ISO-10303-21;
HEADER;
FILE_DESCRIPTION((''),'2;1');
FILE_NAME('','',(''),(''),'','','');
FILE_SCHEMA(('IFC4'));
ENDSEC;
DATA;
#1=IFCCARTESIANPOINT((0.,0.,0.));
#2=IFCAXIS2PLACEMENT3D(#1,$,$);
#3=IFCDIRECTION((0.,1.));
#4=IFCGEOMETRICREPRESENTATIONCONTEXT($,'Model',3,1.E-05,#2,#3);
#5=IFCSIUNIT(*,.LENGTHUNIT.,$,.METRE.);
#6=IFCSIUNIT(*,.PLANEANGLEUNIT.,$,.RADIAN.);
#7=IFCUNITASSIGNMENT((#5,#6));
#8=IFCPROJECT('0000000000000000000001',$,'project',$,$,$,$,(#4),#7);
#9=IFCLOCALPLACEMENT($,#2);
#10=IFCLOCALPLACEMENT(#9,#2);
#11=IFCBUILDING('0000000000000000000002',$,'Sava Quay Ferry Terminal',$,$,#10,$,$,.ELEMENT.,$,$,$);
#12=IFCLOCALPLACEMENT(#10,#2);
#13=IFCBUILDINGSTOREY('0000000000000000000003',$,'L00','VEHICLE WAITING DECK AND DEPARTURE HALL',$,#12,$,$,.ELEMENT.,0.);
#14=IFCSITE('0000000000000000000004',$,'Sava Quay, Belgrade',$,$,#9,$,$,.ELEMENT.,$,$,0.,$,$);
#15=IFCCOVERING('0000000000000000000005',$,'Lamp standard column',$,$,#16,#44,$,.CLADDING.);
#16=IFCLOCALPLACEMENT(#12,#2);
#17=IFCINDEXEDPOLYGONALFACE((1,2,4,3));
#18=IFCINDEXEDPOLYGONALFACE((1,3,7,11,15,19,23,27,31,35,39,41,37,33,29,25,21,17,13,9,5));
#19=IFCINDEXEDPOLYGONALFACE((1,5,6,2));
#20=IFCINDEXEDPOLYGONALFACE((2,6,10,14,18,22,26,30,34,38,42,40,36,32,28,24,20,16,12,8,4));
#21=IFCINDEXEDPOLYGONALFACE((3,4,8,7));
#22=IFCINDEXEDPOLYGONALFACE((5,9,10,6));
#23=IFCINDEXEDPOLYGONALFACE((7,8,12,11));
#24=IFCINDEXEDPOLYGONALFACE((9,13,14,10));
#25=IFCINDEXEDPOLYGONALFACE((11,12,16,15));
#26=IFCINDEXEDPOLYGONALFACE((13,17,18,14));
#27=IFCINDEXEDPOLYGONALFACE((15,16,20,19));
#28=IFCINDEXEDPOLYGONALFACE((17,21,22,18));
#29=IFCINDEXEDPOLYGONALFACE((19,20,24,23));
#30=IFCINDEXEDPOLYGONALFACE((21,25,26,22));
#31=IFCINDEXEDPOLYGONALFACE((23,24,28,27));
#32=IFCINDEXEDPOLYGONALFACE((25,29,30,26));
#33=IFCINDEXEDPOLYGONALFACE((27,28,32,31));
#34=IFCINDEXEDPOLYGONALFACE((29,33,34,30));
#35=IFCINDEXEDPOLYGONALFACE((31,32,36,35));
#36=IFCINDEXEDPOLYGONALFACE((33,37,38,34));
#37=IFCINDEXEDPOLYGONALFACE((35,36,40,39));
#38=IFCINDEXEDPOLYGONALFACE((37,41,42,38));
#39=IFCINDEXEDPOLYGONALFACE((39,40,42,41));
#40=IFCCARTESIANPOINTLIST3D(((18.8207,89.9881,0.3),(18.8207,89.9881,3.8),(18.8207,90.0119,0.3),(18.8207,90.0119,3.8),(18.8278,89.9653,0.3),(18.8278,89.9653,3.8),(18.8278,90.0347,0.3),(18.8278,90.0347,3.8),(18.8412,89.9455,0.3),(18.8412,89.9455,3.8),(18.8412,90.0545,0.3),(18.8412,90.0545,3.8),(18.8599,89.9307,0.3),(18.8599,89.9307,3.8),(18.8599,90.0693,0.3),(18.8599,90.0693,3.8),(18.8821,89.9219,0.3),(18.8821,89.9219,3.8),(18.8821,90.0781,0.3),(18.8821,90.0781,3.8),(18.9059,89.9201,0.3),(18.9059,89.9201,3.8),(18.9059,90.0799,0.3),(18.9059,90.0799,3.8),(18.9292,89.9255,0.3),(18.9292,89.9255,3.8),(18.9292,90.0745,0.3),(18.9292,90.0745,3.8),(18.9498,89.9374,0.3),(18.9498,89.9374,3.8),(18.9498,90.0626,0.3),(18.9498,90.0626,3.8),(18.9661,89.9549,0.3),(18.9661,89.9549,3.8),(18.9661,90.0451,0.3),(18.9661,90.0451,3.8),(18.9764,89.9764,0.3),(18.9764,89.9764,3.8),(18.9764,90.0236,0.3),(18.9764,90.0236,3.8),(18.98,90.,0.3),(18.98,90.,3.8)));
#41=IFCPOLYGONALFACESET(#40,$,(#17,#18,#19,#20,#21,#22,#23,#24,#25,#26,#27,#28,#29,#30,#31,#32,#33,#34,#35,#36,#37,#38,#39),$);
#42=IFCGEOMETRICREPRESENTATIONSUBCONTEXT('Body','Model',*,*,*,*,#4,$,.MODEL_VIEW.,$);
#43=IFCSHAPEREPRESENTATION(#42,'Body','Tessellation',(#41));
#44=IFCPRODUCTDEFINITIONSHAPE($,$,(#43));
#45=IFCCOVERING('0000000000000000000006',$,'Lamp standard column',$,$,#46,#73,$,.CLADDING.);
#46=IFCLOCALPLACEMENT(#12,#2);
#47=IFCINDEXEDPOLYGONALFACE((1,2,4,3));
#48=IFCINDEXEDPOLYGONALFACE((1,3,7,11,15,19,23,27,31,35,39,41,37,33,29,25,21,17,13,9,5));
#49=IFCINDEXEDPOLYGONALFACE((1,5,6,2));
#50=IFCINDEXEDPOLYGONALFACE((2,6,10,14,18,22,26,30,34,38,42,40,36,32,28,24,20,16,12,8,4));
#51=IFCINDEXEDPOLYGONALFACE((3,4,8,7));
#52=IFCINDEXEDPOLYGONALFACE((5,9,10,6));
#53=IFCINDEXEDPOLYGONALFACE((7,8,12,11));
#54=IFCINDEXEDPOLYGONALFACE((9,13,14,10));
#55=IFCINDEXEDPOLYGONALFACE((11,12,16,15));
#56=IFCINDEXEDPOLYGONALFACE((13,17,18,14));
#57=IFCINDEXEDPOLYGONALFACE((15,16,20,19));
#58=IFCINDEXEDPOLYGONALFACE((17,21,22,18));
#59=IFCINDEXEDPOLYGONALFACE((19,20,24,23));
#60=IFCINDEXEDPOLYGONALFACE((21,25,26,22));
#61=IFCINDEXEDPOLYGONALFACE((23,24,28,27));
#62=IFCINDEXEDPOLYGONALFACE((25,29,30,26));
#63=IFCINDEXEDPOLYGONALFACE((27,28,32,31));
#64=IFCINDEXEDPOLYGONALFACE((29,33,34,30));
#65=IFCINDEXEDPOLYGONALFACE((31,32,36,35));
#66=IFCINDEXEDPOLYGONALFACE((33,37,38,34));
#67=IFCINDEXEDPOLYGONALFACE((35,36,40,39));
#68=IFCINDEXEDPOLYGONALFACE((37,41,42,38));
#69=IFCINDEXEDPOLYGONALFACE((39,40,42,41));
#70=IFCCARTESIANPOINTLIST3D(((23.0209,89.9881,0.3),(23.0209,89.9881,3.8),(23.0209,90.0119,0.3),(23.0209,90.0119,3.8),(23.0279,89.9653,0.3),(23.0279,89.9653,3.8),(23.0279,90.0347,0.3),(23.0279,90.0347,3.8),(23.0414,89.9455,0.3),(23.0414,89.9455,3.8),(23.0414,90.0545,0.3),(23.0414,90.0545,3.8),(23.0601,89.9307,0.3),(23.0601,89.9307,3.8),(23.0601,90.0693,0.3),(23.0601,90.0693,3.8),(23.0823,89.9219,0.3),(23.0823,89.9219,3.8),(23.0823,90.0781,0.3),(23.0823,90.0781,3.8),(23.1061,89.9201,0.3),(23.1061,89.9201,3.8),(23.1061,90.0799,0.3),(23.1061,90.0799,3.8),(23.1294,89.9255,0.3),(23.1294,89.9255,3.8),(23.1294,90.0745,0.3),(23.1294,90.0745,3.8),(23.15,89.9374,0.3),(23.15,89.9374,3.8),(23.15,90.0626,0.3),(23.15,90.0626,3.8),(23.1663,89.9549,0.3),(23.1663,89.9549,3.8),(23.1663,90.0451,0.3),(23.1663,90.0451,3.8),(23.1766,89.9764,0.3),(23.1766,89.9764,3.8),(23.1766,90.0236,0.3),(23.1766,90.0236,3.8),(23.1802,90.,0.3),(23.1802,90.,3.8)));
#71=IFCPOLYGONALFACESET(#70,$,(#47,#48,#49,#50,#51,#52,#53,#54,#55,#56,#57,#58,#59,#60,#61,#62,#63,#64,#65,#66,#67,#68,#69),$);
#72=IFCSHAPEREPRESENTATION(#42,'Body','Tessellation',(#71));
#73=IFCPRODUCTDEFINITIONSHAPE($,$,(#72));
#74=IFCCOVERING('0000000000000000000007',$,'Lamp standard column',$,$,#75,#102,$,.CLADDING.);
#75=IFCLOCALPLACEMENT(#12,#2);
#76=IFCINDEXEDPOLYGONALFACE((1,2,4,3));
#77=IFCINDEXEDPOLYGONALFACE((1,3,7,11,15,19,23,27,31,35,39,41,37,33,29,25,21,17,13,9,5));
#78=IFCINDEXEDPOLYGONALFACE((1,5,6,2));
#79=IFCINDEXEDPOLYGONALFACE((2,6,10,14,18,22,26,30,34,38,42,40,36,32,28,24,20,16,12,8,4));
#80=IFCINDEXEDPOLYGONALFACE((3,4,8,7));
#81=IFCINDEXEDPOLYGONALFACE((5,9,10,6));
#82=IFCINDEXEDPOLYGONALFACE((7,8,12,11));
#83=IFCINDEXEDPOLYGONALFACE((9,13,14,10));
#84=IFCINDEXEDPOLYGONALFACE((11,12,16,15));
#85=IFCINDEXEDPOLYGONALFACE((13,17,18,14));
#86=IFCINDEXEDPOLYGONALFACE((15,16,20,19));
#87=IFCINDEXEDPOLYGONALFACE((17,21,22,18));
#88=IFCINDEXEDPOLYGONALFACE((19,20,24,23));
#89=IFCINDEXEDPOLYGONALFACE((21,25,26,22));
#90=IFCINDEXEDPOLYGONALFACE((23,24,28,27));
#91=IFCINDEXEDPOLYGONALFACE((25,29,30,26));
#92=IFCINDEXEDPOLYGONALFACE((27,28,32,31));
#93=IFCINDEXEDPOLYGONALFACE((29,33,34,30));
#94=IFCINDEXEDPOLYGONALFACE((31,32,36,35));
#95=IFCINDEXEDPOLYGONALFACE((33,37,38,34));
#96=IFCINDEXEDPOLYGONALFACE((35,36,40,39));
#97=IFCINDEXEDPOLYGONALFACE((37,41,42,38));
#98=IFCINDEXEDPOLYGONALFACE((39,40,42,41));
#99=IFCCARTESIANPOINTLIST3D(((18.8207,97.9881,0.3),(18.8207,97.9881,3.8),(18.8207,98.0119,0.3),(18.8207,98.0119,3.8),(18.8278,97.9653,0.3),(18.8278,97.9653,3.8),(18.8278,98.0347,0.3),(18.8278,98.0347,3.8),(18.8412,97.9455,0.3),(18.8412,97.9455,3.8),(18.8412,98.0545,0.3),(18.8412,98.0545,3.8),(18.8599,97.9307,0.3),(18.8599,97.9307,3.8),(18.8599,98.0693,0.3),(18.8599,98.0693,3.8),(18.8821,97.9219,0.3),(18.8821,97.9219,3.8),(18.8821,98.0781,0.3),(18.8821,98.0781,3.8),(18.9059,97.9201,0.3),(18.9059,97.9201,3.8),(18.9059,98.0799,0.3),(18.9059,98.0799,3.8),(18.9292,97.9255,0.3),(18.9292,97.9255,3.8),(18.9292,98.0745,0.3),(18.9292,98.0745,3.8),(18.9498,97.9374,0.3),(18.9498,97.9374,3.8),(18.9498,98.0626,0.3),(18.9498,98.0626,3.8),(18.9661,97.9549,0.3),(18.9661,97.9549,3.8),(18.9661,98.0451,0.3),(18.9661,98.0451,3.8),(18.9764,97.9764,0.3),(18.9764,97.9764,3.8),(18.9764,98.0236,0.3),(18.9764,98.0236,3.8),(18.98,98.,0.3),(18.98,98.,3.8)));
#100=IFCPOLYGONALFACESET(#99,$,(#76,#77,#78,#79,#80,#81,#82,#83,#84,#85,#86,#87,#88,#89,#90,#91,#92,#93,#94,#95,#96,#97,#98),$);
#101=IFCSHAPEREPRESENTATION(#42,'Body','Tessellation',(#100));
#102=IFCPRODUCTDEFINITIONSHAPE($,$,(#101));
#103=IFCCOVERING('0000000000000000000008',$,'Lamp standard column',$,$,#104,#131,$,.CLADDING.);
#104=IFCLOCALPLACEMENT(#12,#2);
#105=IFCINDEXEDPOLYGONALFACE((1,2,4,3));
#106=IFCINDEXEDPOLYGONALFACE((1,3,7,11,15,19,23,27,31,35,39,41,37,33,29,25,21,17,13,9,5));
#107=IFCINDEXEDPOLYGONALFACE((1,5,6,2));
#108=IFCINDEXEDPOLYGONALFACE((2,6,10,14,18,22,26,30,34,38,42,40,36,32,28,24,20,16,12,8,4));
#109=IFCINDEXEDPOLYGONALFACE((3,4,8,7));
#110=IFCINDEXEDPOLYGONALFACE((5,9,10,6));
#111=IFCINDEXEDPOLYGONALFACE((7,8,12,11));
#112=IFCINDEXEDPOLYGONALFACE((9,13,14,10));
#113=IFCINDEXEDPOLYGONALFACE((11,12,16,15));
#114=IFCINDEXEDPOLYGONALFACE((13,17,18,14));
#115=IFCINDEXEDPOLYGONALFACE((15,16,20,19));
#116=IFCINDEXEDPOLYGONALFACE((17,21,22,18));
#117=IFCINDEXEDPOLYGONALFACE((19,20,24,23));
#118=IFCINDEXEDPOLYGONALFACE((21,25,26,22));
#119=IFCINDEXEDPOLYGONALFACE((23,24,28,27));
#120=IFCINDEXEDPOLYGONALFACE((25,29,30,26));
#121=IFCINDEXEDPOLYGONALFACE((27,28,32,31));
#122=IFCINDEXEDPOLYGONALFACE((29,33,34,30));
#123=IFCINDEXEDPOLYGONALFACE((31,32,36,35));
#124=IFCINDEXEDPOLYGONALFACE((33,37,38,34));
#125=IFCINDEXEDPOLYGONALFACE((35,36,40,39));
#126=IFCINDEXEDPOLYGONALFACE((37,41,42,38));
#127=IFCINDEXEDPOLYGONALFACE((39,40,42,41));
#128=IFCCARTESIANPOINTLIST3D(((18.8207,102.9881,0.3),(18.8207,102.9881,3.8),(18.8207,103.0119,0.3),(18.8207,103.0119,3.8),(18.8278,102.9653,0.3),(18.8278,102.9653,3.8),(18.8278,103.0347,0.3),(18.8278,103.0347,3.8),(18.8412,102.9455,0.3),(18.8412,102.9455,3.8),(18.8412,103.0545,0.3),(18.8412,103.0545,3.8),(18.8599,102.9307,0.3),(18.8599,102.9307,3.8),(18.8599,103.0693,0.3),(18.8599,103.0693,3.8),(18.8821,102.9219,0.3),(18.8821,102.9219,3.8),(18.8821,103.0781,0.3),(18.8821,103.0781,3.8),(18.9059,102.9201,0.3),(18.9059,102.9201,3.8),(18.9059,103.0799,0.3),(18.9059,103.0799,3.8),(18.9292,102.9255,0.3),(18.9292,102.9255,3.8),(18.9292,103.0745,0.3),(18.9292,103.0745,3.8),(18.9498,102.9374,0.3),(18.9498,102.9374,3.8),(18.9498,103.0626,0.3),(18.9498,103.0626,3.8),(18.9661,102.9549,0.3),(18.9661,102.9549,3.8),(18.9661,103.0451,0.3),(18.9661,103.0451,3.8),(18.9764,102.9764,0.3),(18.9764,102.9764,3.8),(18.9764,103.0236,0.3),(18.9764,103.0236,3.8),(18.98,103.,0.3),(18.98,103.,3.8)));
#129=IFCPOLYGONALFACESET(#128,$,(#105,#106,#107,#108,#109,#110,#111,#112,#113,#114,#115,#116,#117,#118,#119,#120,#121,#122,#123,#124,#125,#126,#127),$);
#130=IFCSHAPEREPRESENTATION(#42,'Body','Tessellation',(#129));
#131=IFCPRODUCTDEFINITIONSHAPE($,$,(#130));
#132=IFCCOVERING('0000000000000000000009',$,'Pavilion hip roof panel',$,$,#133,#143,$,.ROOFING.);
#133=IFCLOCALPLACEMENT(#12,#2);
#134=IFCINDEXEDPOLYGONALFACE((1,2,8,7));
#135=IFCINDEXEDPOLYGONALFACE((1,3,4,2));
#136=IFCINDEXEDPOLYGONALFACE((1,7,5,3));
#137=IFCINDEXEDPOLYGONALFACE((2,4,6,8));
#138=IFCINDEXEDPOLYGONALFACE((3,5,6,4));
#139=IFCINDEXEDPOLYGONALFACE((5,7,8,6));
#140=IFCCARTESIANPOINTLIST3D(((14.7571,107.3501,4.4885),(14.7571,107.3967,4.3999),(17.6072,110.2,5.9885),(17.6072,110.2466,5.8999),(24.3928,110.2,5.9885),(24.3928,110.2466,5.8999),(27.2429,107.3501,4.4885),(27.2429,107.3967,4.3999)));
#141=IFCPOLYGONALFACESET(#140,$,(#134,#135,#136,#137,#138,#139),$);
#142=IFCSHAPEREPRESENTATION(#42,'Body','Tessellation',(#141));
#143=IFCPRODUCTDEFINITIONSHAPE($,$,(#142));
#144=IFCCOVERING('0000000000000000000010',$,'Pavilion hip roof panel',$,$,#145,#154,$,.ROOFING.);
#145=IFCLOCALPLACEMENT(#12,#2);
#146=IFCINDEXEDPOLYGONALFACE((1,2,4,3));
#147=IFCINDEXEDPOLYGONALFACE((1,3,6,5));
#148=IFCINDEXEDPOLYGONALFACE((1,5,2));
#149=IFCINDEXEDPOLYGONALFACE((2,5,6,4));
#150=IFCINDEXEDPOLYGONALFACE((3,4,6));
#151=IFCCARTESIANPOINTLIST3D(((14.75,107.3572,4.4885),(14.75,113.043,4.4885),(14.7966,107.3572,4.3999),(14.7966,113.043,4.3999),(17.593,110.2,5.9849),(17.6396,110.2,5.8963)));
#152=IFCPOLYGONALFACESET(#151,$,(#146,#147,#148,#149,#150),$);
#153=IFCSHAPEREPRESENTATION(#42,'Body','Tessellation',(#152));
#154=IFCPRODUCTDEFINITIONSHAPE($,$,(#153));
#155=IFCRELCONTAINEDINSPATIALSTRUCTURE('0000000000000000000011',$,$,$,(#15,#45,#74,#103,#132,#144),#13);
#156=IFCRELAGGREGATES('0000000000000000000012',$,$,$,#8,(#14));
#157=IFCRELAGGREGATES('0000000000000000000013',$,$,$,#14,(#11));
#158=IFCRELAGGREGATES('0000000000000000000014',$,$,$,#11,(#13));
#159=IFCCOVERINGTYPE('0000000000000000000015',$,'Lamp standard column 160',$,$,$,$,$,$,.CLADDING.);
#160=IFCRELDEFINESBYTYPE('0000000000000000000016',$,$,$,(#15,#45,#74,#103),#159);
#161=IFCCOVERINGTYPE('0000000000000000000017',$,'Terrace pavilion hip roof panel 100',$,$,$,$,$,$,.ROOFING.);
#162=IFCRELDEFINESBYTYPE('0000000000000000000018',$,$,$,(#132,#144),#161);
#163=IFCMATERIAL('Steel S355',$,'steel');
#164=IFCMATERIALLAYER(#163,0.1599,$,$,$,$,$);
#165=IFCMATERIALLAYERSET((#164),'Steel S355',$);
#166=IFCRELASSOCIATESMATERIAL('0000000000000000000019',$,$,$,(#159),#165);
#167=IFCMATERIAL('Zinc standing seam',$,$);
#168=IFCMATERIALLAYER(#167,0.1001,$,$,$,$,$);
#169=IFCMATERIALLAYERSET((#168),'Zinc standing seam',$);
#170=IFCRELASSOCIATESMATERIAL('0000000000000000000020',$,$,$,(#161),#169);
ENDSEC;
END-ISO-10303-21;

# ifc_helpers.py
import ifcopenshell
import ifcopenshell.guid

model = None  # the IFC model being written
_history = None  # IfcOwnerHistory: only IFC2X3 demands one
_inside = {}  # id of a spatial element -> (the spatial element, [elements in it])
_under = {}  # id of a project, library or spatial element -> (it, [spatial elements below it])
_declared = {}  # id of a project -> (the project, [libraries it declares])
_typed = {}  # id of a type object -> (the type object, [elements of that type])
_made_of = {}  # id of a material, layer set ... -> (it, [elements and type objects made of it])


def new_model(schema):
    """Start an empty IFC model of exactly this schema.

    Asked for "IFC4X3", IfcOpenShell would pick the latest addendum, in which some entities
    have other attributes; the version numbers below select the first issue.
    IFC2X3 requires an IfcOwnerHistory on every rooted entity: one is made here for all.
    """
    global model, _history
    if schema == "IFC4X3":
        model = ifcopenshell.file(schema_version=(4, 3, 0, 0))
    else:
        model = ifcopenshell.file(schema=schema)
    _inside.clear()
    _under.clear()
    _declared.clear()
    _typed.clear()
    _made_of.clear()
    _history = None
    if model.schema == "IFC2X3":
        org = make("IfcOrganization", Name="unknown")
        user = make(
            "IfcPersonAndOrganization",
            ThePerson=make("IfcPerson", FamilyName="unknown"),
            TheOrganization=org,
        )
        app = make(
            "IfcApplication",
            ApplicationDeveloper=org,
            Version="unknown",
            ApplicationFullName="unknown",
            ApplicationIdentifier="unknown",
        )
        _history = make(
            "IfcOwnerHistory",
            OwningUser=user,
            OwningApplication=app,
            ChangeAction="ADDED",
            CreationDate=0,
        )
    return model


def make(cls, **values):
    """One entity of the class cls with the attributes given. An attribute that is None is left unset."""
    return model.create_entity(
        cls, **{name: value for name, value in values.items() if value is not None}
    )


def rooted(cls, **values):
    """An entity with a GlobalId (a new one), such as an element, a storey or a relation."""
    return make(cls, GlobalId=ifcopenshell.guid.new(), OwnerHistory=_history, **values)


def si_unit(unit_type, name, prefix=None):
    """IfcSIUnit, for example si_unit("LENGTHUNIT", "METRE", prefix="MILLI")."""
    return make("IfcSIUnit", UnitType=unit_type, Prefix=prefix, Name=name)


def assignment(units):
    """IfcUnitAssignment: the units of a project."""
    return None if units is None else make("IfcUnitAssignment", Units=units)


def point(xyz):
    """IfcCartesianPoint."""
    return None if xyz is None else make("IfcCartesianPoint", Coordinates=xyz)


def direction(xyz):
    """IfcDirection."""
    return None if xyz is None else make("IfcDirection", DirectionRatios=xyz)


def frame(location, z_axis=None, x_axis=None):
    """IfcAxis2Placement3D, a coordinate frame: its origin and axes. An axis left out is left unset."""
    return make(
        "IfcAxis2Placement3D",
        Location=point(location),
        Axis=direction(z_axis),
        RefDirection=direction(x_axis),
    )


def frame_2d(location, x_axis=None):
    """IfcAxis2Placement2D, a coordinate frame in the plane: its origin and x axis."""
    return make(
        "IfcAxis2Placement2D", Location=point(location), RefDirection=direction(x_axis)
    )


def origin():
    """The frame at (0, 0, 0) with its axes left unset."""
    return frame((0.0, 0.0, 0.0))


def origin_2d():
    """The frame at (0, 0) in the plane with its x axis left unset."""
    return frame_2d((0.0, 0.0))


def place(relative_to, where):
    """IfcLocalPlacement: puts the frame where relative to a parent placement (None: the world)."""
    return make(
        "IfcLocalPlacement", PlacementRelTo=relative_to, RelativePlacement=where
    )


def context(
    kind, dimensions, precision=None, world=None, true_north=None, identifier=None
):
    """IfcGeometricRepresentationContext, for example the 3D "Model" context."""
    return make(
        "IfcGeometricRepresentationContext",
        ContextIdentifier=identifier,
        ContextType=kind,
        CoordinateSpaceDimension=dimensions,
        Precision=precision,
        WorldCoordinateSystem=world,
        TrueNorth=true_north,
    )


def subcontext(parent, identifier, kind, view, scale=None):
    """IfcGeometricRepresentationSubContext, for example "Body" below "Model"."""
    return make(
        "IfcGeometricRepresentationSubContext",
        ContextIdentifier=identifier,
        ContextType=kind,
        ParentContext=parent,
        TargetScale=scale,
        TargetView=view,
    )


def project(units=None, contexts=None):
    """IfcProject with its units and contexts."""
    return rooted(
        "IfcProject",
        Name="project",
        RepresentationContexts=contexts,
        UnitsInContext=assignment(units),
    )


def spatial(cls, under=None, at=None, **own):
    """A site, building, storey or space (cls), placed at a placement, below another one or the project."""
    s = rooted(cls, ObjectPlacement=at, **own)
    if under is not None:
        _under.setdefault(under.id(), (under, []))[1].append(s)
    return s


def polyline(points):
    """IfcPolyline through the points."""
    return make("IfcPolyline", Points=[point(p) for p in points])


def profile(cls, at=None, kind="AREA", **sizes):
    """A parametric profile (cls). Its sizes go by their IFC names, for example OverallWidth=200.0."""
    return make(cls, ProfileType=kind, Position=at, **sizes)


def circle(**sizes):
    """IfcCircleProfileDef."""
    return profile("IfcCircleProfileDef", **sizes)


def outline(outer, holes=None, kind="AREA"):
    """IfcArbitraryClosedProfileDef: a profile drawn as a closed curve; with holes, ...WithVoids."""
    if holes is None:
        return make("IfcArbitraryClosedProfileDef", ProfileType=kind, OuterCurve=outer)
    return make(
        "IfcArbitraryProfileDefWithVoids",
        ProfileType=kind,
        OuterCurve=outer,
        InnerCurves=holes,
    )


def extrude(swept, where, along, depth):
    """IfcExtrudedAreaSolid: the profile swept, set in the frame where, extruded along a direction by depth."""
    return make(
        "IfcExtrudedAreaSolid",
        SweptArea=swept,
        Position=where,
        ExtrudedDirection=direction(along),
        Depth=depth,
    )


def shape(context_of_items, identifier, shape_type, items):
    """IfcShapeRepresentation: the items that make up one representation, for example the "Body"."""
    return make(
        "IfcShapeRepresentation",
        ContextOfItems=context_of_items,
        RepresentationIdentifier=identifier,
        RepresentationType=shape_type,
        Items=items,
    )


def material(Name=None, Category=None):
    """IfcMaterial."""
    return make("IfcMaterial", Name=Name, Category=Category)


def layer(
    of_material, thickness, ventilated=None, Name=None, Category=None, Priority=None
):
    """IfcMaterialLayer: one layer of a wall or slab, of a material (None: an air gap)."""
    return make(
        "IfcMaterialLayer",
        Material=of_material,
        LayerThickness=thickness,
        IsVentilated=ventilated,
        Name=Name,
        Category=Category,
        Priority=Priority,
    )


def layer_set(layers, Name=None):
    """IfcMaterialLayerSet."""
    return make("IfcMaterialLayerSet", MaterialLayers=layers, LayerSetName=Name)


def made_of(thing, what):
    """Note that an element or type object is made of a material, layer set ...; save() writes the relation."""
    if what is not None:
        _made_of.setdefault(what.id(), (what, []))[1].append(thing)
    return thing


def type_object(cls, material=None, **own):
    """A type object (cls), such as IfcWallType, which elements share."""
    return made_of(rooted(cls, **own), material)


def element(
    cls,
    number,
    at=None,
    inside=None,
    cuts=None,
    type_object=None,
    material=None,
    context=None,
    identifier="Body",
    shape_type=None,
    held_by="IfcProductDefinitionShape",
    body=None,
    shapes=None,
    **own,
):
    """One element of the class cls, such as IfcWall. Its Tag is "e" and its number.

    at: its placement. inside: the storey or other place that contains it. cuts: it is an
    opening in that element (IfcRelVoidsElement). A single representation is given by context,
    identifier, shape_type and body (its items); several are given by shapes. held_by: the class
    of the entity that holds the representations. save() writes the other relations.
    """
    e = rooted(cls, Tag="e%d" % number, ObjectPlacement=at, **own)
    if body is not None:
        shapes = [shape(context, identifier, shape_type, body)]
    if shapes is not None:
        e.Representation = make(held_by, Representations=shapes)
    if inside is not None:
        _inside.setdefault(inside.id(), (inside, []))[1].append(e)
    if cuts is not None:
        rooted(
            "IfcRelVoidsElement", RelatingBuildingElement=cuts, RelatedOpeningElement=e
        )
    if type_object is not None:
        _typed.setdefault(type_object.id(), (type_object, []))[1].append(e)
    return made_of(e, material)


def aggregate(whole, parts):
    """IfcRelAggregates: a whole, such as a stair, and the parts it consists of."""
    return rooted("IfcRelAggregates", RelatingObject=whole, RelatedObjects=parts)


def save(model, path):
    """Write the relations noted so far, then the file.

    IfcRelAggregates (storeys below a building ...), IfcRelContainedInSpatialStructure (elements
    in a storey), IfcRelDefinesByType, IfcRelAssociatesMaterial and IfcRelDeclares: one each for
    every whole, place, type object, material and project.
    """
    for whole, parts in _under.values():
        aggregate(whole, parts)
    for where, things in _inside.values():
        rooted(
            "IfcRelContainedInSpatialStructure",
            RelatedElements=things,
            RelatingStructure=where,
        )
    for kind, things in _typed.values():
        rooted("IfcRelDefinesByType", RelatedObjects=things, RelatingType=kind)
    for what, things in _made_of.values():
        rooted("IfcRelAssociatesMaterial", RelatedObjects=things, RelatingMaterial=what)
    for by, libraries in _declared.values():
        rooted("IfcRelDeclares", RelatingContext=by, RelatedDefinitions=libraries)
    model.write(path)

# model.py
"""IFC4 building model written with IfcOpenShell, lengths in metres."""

from ifc_helpers import new_model, si_unit, direction, frame, origin, origin_2d, place, context, subcontext, project, spatial, polyline, circle, outline, extrude, material, layer, layer_set, type_object, element, save


model = new_model("IFC4")

# Units and contexts
model_context = context("Model", 3, precision=1e-05, world=origin(), true_north=direction((0.0, 1.0)))
body_context = subcontext(model_context, "Body", "Model", "MODEL_VIEW")
ifc_project = project(units=[si_unit("LENGTHUNIT", "METRE"), si_unit("PLANEANGLEUNIT", "RADIAN")], contexts=[model_context])

# Site, building, storey
site_placement = place(None, origin())
site = spatial("IfcSite", under=ifc_project, at=site_placement, Name="Sava Quay, Belgrade", CompositionType="ELEMENT", RefElevation=0.0)
building_placement = place(site_placement, origin())
building = spatial("IfcBuilding", under=site, at=building_placement, Name="Sava Quay Ferry Terminal", CompositionType="ELEMENT")
storey_placement = place(building_placement, origin())
storey = spatial("IfcBuildingStorey", under=building, at=storey_placement, Name="L00", Description="VEHICLE WAITING DECK AND DEPARTURE HALL", CompositionType="ELEMENT", Elevation=0.0)

# Coverings
ifc_material_1 = material(Name="Steel S355", Category="steel")
ifc_layer_1 = layer(ifc_material_1, 0.1599)
ifc_layer_set_1 = layer_set([ifc_layer_1], Name="Steel S355")
covering_type_1 = type_object("IfcCoveringType", Name="Lamp standard column 160", PredefinedType="CLADDING", material=ifc_layer_set_1)
for number, where, z_axis, x_axis, name in (
    (1, (18.8999, 90.0, 3.8), (0.0, 0.0, -1.0), (1.0, 0.0, 0.0), "Lamp standard column"),
    (2, (23.1001, 90.0, 3.8), (0.0, 0.0, -1.0), (1.0, 0.0, 0.0), "Lamp standard column"),
    (3, (18.8999, 98.0, 3.8), (0.0, 0.0, -1.0), (1.0, 0.0, 0.0), "Lamp standard column"),
    (4, (18.8999, 103.0, 3.8), (0.0, 0.0, -1.0), (1.0, 0.0, 0.0), "Lamp standard column"),
):
    element("IfcCovering", number, at=place(storey_placement, frame(where, z_axis=z_axis, x_axis=x_axis)), inside=storey, type_object=covering_type_1, Name=name, PredefinedType="CLADDING", context=body_context, shape_type="SweptSolid", body=[
        extrude(circle(Radius=0.0801, at=origin_2d()), origin(), (0.0, 0.0, 1.0), 3.5),
    ])
ifc_material_2 = material(Name="Zinc standing seam")
ifc_layer_2 = layer(ifc_material_2, 0.1001)
ifc_layer_set_2 = layer_set([ifc_layer_2], Name="Zinc standing seam")
covering_type_2 = type_object("IfcCoveringType", Name="Terrace pavilion hip roof panel 100", PredefinedType="ROOFING", material=ifc_layer_set_2)
covering_1_placement = place(storey_placement, frame((14.7571, 107.3501, 4.4885), z_axis=(0.0, -0.465765, 0.884908), x_axis=(1.0, 0.0, 0.0)))
element("IfcCovering", 5, at=covering_1_placement, inside=storey, type_object=covering_type_2, Name="Pavilion hip roof panel", PredefinedType="ROOFING", context=body_context, shape_type="SweptSolid", body=[
    extrude(outline(polyline([(0.0, 0.0), (12.4858, 0.0), (9.6357, 3.2205), (2.8501, 3.2205), (0.0, 0.0)])), origin(), (0.0, 0.0, -1.0), 0.1001),
])
covering_2_placement = place(storey_placement, frame((14.75, 107.3572, 4.4885), z_axis=(-0.46575, 0.0, 0.884917), x_axis=(0.0, 1.0, 0.0)))
element("IfcCovering", 6, at=covering_2_placement, inside=storey, type_object=covering_type_2, Name="Pavilion hip roof panel", PredefinedType="ROOFING", context=body_context, shape_type="SweptSolid", body=[
    extrude(outline(polyline([(0.0, 0.0), (5.6858, 0.0), (2.8428, -3.2128), (0.0, 0.0)])), origin(), (0.0, 0.0, -1.0), 0.1001),
])

save(model, "model.ifc")
